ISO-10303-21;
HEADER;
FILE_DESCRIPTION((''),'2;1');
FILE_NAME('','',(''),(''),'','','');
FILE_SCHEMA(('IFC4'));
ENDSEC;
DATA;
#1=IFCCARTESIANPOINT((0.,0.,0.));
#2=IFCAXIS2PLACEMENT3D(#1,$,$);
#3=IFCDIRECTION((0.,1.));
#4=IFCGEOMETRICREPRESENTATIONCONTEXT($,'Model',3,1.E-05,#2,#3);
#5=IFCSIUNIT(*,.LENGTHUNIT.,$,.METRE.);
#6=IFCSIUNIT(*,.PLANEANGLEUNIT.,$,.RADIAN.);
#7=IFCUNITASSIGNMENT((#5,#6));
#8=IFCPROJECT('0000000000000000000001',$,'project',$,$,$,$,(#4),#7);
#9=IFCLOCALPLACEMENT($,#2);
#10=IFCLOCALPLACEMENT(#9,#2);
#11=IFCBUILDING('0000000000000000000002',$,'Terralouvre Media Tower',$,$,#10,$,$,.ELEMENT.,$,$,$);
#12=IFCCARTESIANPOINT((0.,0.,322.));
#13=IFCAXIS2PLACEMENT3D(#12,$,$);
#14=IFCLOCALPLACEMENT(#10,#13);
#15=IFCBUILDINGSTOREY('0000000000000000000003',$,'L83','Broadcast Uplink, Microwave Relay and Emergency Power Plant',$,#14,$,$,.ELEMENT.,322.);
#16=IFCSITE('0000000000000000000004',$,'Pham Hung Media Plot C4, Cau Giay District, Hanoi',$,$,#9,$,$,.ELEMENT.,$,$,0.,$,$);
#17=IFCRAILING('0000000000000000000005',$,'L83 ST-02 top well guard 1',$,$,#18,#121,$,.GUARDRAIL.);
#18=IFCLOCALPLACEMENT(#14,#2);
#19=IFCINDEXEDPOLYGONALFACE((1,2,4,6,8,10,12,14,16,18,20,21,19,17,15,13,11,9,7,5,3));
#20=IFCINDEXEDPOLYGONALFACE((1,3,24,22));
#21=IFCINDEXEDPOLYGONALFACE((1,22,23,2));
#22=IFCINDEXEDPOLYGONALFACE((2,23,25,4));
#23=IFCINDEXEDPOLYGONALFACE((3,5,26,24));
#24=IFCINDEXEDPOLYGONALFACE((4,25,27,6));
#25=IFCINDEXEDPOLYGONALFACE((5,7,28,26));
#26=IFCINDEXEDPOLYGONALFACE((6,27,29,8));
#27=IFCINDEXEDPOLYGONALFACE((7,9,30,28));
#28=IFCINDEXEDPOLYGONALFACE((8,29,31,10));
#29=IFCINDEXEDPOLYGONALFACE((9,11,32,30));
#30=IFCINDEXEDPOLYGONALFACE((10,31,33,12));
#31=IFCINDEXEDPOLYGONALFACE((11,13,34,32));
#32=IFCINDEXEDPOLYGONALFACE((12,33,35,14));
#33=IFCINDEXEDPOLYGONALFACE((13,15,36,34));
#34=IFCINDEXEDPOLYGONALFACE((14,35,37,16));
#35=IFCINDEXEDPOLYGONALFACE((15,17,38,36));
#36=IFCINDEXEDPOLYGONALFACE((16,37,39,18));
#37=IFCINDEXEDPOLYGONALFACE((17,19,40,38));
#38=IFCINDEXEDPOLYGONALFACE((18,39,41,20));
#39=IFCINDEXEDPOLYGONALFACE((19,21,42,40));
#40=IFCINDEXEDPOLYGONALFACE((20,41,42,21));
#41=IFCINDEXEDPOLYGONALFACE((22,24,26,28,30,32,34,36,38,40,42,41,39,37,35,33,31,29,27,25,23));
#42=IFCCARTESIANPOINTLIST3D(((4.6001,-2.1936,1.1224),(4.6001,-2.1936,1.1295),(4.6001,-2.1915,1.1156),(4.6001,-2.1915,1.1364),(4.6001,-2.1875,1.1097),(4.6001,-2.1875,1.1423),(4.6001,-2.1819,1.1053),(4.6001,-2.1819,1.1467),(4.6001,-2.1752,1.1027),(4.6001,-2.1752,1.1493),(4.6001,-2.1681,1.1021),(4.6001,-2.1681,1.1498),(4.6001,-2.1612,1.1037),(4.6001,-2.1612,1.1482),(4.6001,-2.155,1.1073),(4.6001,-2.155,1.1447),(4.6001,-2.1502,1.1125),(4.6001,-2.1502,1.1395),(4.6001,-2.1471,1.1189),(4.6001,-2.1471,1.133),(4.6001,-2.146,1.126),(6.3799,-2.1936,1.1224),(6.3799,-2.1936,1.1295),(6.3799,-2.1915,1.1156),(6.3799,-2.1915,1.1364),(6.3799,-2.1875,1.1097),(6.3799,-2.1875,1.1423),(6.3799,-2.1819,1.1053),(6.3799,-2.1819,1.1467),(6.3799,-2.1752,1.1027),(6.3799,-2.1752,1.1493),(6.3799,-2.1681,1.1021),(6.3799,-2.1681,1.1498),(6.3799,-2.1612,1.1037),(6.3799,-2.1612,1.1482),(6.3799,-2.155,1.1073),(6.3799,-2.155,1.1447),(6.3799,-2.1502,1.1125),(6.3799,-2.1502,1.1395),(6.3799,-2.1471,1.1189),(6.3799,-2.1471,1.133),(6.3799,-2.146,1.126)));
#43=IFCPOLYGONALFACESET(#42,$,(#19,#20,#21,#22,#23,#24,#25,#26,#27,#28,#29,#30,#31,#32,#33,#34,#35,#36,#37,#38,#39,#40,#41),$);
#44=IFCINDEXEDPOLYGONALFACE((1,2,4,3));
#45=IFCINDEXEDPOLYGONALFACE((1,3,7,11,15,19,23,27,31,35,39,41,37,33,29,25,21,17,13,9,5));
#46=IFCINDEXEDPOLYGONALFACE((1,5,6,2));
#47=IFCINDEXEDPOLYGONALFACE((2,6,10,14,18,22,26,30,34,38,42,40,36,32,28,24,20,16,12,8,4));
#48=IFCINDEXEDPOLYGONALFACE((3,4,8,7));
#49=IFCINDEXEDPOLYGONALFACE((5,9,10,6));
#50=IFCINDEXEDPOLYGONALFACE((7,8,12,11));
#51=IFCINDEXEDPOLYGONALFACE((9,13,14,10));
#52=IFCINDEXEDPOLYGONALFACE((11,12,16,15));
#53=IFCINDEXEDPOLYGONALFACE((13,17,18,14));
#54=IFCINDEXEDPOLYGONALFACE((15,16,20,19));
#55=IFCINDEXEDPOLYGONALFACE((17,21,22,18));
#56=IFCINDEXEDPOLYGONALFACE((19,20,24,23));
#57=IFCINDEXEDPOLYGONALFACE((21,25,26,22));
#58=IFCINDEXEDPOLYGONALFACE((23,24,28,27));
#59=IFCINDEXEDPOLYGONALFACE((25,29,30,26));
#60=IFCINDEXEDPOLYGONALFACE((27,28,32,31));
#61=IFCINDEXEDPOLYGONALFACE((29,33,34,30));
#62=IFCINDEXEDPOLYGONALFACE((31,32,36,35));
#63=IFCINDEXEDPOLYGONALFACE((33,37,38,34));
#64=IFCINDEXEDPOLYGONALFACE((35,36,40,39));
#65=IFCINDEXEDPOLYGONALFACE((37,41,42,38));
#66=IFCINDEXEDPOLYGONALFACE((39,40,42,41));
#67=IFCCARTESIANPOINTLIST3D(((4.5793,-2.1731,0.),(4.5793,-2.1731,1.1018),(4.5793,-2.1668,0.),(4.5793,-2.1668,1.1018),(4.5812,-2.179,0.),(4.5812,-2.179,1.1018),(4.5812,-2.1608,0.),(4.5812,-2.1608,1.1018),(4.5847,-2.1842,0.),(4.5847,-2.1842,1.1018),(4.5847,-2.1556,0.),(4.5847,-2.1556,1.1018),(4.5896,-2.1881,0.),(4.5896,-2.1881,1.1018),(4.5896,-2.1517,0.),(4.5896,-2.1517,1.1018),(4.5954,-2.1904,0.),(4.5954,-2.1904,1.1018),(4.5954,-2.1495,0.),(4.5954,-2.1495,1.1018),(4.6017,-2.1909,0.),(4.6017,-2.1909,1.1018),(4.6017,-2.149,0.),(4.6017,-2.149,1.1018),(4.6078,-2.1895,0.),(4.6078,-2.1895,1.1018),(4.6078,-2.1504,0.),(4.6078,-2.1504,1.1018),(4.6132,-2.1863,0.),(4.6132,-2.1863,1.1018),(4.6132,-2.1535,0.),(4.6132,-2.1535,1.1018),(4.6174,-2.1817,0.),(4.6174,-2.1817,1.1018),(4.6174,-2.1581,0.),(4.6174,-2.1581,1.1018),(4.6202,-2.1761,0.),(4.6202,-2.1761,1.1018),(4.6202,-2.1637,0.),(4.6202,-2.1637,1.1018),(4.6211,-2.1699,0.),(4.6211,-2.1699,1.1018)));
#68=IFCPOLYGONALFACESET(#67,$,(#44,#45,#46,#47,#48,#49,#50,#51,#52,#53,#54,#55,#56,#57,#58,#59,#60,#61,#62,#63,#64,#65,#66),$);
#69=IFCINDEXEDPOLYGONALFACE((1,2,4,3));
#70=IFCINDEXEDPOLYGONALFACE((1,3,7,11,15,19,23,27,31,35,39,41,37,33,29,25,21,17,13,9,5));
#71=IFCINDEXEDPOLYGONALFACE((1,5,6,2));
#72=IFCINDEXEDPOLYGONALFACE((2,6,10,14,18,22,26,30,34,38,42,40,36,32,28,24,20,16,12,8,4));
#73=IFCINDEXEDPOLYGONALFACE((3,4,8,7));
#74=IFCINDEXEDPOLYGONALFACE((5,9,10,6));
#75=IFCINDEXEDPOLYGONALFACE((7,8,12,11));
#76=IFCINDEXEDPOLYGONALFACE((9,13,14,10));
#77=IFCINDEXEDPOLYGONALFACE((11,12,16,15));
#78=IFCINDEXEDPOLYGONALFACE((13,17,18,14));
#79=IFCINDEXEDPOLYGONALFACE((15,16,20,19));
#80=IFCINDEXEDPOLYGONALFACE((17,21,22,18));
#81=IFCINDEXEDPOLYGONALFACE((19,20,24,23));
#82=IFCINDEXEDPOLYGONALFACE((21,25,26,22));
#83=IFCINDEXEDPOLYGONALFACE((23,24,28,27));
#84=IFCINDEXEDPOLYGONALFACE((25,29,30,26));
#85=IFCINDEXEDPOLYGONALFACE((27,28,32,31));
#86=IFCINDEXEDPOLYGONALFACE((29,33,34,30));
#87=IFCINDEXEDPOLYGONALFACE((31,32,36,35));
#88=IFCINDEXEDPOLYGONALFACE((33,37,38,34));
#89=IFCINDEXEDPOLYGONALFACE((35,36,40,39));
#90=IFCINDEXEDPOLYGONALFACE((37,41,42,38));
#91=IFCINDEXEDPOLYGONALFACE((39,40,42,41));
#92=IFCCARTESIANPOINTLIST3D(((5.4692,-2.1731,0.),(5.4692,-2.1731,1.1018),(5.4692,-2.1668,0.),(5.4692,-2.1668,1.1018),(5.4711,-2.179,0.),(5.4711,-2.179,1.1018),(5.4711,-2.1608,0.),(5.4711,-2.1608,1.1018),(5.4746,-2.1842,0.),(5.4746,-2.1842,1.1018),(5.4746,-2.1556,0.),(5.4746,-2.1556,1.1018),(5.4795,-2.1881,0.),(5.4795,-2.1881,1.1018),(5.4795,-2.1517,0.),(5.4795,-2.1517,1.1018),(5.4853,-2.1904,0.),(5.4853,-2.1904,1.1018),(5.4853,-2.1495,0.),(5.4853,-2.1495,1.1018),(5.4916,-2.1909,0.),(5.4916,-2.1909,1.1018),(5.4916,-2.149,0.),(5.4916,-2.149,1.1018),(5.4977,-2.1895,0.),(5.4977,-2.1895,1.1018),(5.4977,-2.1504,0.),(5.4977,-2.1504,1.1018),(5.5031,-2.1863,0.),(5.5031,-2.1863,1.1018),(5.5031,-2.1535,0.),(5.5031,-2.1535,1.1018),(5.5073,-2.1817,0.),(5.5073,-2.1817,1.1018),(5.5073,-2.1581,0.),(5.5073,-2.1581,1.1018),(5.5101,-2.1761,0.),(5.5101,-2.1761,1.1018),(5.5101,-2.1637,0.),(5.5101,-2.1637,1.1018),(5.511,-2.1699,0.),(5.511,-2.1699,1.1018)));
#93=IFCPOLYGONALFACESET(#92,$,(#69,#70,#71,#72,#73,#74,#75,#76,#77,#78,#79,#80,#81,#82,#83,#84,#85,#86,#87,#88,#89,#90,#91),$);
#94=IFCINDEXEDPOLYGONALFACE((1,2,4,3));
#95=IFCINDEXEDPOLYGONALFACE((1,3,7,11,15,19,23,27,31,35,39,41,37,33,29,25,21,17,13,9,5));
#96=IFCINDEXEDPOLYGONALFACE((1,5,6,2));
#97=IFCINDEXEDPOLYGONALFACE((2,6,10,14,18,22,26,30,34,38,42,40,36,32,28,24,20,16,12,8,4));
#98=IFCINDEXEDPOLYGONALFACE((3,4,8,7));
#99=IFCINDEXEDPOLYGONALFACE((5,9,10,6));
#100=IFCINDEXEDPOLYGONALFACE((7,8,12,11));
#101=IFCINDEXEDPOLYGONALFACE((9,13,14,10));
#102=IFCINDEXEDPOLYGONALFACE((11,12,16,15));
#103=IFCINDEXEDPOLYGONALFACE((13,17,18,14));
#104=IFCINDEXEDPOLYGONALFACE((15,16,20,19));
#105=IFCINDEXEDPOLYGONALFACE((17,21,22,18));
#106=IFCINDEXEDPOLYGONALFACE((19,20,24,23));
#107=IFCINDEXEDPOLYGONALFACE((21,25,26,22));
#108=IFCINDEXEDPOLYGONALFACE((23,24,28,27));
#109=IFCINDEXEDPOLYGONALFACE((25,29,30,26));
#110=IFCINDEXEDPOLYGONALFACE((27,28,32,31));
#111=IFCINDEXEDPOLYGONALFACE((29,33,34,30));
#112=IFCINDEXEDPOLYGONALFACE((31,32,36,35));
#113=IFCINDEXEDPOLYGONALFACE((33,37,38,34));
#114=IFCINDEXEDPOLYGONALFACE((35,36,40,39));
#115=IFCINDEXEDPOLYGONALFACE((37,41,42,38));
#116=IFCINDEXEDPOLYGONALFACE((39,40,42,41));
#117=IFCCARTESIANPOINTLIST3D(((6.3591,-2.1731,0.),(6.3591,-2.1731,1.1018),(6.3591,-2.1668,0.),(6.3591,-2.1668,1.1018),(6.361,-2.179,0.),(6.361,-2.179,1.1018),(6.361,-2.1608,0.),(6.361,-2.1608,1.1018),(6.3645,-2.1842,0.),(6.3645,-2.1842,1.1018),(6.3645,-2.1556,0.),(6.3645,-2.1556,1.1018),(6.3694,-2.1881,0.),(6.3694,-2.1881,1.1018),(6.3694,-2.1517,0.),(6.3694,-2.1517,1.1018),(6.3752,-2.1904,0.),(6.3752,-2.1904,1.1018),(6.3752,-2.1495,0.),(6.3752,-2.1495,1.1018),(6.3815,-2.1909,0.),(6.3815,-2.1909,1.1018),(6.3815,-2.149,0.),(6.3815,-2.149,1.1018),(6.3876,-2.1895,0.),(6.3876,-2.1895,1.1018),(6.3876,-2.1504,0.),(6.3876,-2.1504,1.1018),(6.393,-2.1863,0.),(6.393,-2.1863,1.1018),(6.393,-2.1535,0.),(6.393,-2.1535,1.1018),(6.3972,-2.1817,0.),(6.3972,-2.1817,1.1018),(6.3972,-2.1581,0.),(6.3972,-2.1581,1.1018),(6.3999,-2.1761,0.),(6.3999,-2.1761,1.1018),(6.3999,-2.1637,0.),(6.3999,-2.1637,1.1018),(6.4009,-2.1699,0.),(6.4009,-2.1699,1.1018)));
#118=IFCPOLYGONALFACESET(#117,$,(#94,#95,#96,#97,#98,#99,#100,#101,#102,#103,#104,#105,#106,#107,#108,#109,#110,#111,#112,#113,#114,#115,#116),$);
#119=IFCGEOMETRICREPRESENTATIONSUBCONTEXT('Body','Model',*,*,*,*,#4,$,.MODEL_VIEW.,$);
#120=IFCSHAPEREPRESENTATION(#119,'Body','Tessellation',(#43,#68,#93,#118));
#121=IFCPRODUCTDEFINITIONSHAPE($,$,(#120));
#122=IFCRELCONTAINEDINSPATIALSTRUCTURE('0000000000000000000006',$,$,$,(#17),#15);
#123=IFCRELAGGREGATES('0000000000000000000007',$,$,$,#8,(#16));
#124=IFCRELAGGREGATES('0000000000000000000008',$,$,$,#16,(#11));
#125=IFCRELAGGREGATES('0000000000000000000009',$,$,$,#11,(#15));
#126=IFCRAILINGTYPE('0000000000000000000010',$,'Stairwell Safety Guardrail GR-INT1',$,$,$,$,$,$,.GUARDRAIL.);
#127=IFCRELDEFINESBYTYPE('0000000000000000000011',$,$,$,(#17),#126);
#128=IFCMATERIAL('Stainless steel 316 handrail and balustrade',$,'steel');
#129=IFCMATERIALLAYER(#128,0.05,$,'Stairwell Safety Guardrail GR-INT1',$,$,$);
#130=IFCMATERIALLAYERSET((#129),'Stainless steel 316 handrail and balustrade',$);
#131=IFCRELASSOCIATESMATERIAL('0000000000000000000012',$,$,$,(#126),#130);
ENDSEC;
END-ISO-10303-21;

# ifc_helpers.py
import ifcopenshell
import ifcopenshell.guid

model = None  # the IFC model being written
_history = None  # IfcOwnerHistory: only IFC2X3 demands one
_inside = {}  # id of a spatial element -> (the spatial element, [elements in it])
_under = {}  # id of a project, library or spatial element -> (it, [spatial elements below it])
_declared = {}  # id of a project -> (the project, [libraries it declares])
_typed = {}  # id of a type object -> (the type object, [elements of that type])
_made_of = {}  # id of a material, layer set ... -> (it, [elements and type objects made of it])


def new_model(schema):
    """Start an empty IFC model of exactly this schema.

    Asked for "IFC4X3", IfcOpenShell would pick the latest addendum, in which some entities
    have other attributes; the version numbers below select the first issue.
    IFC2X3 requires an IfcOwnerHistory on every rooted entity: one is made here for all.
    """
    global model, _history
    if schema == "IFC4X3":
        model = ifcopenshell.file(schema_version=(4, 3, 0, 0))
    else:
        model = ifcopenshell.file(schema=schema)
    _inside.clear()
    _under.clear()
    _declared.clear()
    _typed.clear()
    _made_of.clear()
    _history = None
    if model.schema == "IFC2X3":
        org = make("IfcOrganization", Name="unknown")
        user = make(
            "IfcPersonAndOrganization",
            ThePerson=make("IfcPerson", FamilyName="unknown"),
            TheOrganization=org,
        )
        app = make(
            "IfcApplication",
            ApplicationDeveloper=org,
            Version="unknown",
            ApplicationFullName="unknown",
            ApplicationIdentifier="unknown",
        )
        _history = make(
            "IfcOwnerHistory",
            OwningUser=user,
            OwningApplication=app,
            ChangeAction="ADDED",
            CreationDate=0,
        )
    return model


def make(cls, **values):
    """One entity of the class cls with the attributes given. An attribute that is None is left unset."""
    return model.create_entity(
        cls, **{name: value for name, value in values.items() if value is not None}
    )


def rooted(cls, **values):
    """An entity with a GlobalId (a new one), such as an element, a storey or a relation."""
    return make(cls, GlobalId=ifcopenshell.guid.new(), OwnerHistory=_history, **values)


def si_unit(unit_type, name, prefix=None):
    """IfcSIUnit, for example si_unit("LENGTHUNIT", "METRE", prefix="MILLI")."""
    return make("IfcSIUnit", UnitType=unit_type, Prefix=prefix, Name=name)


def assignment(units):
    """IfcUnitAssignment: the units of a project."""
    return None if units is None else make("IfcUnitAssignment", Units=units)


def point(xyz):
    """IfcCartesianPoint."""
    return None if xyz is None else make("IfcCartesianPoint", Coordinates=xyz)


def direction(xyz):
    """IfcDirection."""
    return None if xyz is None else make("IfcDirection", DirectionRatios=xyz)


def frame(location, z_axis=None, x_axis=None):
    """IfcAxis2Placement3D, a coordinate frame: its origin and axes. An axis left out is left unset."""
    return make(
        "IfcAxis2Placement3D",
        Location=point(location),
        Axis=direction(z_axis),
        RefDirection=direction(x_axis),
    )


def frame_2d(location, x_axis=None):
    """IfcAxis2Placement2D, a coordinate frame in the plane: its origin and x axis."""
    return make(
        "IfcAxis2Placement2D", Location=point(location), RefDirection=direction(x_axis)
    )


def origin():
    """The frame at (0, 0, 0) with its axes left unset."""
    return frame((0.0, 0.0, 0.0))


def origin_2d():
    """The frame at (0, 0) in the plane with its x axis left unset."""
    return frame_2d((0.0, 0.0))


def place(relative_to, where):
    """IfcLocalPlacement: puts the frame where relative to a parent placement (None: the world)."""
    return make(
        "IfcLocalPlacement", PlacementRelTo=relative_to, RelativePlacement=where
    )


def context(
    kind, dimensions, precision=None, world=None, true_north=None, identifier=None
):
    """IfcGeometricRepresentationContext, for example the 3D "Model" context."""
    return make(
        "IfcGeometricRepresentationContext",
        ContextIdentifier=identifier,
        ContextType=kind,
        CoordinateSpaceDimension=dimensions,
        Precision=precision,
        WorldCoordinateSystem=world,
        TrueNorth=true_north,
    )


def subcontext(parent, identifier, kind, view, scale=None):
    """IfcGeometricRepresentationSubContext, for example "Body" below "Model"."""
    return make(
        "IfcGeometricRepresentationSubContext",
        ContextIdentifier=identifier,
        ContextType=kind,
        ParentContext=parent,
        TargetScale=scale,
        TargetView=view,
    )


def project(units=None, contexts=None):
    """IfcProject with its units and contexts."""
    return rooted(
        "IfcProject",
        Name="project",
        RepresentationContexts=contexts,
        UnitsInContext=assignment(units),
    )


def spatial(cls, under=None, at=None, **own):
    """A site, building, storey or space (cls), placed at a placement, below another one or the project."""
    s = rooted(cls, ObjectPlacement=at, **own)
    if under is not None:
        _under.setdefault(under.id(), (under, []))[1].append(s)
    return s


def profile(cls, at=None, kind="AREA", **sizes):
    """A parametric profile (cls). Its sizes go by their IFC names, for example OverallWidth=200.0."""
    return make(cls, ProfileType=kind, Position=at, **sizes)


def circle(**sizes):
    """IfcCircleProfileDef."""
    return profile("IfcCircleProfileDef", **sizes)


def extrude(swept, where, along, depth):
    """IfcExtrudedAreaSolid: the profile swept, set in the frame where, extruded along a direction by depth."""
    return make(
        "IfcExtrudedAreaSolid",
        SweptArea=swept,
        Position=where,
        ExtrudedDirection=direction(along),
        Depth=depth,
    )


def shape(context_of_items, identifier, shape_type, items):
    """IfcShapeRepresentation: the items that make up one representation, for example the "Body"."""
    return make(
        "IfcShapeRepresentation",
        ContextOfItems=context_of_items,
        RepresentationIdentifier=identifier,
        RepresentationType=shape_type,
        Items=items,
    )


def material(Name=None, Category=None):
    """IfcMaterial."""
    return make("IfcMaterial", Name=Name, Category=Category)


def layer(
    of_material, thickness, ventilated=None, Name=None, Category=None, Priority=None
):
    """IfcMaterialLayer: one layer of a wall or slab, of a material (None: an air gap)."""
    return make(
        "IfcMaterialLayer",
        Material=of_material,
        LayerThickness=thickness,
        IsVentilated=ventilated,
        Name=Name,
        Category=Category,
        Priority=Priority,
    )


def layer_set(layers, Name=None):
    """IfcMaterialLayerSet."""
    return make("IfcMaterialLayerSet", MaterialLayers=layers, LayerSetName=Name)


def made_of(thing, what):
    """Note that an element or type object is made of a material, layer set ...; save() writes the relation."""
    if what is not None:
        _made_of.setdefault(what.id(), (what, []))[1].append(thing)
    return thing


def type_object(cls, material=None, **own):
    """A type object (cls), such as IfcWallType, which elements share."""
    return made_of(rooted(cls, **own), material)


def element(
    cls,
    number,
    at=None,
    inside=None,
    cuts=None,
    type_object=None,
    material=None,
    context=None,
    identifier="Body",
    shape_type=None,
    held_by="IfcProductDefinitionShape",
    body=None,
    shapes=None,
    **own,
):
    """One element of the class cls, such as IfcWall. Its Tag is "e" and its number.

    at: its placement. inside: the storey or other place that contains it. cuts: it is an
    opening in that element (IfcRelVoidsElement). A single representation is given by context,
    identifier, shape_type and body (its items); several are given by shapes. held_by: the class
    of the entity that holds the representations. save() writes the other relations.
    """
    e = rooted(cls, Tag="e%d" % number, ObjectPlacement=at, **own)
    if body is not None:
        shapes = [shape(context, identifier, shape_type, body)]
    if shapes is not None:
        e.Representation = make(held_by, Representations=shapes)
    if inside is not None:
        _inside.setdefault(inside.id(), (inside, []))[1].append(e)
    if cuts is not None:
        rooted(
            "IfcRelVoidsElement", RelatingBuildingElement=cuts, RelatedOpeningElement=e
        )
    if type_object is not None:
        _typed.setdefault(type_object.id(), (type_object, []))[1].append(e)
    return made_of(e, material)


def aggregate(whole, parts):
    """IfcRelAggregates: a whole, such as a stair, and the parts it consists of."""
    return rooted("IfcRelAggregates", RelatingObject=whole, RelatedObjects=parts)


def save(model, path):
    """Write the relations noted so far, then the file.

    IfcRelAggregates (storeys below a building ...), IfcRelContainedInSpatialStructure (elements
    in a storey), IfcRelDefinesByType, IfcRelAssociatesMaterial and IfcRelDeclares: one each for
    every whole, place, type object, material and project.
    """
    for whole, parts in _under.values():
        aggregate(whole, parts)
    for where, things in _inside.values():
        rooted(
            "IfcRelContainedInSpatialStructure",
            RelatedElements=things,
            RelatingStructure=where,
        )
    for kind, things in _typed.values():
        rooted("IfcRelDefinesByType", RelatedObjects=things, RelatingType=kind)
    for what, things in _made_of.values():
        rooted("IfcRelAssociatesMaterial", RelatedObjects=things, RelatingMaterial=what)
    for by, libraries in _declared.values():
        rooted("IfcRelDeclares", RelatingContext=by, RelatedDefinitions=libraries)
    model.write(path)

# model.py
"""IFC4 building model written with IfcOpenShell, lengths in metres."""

from ifc_helpers import new_model, si_unit, direction, frame, origin, origin_2d, place, context, subcontext, project, spatial, circle, extrude, material, layer, layer_set, type_object, element, save


model = new_model("IFC4")

# Units and contexts
model_context = context("Model", 3, precision=1e-05, world=origin(), true_north=direction((0.0, 1.0)))
body_context = subcontext(model_context, "Body", "Model", "MODEL_VIEW")
ifc_project = project(units=[si_unit("LENGTHUNIT", "METRE"), si_unit("PLANEANGLEUNIT", "RADIAN")], contexts=[model_context])

# Site, building, storey
site_placement = place(None, origin())
site = spatial("IfcSite", under=ifc_project, at=site_placement, Name="Pham Hung Media Plot C4, Cau Giay District, Hanoi", CompositionType="ELEMENT", RefElevation=0.0)
building_placement = place(site_placement, origin())
building = spatial("IfcBuilding", under=site, at=building_placement, Name="Terralouvre Media Tower", CompositionType="ELEMENT")
storey_placement = place(building_placement, frame((0.0, 0.0, 322.0)))
storey = spatial("IfcBuildingStorey", under=building, at=storey_placement, Name="L83", Description="Broadcast Uplink, Microwave Relay and Emergency Power Plant", CompositionType="ELEMENT", Elevation=322.0)

# Railing
ifc_material_1 = material(Name="Stainless steel 316 handrail and balustrade", Category="steel")
ifc_layer_1 = layer(ifc_material_1, 0.05, Name="Stairwell Safety Guardrail GR-INT1")
ifc_layer_set_1 = layer_set([ifc_layer_1], Name="Stainless steel 316 handrail and balustrade")
railing_type_1 = type_object("IfcRailingType", Name="Stairwell Safety Guardrail GR-INT1", PredefinedType="GUARDRAIL", material=ifc_layer_set_1)
railing_1_placement = place(storey_placement, frame((4.6001, -2.1699, 0.0)))
element("IfcRailing", 1, at=railing_1_placement, inside=storey, type_object=railing_type_1, Name="L83 ST-02 top well guard 1", PredefinedType="GUARDRAIL", context=body_context, shape_type="SweptSolid", body=[
    extrude(circle(Radius=0.0239, at=origin_2d()), frame((0.0, 0.0, 1.126), z_axis=(1.0, 0.0, 0.0), x_axis=(0.0, 1.0, 0.0)), (0.0, 0.0, 1.0), 1.7798),
    extrude(circle(Radius=0.021, at=origin_2d()), origin(), (0.0, 0.0, 1.0), 1.1018),
    extrude(circle(Radius=0.021, at=origin_2d()), frame((0.8899, 0.0, 0.0)), (0.0, 0.0, 1.0), 1.1018),
    extrude(circle(Radius=0.021, at=origin_2d()), frame((1.7798, 0.0, 0.0)), (0.0, 0.0, 1.0), 1.1018),
])

save(model, "model.ifc")
